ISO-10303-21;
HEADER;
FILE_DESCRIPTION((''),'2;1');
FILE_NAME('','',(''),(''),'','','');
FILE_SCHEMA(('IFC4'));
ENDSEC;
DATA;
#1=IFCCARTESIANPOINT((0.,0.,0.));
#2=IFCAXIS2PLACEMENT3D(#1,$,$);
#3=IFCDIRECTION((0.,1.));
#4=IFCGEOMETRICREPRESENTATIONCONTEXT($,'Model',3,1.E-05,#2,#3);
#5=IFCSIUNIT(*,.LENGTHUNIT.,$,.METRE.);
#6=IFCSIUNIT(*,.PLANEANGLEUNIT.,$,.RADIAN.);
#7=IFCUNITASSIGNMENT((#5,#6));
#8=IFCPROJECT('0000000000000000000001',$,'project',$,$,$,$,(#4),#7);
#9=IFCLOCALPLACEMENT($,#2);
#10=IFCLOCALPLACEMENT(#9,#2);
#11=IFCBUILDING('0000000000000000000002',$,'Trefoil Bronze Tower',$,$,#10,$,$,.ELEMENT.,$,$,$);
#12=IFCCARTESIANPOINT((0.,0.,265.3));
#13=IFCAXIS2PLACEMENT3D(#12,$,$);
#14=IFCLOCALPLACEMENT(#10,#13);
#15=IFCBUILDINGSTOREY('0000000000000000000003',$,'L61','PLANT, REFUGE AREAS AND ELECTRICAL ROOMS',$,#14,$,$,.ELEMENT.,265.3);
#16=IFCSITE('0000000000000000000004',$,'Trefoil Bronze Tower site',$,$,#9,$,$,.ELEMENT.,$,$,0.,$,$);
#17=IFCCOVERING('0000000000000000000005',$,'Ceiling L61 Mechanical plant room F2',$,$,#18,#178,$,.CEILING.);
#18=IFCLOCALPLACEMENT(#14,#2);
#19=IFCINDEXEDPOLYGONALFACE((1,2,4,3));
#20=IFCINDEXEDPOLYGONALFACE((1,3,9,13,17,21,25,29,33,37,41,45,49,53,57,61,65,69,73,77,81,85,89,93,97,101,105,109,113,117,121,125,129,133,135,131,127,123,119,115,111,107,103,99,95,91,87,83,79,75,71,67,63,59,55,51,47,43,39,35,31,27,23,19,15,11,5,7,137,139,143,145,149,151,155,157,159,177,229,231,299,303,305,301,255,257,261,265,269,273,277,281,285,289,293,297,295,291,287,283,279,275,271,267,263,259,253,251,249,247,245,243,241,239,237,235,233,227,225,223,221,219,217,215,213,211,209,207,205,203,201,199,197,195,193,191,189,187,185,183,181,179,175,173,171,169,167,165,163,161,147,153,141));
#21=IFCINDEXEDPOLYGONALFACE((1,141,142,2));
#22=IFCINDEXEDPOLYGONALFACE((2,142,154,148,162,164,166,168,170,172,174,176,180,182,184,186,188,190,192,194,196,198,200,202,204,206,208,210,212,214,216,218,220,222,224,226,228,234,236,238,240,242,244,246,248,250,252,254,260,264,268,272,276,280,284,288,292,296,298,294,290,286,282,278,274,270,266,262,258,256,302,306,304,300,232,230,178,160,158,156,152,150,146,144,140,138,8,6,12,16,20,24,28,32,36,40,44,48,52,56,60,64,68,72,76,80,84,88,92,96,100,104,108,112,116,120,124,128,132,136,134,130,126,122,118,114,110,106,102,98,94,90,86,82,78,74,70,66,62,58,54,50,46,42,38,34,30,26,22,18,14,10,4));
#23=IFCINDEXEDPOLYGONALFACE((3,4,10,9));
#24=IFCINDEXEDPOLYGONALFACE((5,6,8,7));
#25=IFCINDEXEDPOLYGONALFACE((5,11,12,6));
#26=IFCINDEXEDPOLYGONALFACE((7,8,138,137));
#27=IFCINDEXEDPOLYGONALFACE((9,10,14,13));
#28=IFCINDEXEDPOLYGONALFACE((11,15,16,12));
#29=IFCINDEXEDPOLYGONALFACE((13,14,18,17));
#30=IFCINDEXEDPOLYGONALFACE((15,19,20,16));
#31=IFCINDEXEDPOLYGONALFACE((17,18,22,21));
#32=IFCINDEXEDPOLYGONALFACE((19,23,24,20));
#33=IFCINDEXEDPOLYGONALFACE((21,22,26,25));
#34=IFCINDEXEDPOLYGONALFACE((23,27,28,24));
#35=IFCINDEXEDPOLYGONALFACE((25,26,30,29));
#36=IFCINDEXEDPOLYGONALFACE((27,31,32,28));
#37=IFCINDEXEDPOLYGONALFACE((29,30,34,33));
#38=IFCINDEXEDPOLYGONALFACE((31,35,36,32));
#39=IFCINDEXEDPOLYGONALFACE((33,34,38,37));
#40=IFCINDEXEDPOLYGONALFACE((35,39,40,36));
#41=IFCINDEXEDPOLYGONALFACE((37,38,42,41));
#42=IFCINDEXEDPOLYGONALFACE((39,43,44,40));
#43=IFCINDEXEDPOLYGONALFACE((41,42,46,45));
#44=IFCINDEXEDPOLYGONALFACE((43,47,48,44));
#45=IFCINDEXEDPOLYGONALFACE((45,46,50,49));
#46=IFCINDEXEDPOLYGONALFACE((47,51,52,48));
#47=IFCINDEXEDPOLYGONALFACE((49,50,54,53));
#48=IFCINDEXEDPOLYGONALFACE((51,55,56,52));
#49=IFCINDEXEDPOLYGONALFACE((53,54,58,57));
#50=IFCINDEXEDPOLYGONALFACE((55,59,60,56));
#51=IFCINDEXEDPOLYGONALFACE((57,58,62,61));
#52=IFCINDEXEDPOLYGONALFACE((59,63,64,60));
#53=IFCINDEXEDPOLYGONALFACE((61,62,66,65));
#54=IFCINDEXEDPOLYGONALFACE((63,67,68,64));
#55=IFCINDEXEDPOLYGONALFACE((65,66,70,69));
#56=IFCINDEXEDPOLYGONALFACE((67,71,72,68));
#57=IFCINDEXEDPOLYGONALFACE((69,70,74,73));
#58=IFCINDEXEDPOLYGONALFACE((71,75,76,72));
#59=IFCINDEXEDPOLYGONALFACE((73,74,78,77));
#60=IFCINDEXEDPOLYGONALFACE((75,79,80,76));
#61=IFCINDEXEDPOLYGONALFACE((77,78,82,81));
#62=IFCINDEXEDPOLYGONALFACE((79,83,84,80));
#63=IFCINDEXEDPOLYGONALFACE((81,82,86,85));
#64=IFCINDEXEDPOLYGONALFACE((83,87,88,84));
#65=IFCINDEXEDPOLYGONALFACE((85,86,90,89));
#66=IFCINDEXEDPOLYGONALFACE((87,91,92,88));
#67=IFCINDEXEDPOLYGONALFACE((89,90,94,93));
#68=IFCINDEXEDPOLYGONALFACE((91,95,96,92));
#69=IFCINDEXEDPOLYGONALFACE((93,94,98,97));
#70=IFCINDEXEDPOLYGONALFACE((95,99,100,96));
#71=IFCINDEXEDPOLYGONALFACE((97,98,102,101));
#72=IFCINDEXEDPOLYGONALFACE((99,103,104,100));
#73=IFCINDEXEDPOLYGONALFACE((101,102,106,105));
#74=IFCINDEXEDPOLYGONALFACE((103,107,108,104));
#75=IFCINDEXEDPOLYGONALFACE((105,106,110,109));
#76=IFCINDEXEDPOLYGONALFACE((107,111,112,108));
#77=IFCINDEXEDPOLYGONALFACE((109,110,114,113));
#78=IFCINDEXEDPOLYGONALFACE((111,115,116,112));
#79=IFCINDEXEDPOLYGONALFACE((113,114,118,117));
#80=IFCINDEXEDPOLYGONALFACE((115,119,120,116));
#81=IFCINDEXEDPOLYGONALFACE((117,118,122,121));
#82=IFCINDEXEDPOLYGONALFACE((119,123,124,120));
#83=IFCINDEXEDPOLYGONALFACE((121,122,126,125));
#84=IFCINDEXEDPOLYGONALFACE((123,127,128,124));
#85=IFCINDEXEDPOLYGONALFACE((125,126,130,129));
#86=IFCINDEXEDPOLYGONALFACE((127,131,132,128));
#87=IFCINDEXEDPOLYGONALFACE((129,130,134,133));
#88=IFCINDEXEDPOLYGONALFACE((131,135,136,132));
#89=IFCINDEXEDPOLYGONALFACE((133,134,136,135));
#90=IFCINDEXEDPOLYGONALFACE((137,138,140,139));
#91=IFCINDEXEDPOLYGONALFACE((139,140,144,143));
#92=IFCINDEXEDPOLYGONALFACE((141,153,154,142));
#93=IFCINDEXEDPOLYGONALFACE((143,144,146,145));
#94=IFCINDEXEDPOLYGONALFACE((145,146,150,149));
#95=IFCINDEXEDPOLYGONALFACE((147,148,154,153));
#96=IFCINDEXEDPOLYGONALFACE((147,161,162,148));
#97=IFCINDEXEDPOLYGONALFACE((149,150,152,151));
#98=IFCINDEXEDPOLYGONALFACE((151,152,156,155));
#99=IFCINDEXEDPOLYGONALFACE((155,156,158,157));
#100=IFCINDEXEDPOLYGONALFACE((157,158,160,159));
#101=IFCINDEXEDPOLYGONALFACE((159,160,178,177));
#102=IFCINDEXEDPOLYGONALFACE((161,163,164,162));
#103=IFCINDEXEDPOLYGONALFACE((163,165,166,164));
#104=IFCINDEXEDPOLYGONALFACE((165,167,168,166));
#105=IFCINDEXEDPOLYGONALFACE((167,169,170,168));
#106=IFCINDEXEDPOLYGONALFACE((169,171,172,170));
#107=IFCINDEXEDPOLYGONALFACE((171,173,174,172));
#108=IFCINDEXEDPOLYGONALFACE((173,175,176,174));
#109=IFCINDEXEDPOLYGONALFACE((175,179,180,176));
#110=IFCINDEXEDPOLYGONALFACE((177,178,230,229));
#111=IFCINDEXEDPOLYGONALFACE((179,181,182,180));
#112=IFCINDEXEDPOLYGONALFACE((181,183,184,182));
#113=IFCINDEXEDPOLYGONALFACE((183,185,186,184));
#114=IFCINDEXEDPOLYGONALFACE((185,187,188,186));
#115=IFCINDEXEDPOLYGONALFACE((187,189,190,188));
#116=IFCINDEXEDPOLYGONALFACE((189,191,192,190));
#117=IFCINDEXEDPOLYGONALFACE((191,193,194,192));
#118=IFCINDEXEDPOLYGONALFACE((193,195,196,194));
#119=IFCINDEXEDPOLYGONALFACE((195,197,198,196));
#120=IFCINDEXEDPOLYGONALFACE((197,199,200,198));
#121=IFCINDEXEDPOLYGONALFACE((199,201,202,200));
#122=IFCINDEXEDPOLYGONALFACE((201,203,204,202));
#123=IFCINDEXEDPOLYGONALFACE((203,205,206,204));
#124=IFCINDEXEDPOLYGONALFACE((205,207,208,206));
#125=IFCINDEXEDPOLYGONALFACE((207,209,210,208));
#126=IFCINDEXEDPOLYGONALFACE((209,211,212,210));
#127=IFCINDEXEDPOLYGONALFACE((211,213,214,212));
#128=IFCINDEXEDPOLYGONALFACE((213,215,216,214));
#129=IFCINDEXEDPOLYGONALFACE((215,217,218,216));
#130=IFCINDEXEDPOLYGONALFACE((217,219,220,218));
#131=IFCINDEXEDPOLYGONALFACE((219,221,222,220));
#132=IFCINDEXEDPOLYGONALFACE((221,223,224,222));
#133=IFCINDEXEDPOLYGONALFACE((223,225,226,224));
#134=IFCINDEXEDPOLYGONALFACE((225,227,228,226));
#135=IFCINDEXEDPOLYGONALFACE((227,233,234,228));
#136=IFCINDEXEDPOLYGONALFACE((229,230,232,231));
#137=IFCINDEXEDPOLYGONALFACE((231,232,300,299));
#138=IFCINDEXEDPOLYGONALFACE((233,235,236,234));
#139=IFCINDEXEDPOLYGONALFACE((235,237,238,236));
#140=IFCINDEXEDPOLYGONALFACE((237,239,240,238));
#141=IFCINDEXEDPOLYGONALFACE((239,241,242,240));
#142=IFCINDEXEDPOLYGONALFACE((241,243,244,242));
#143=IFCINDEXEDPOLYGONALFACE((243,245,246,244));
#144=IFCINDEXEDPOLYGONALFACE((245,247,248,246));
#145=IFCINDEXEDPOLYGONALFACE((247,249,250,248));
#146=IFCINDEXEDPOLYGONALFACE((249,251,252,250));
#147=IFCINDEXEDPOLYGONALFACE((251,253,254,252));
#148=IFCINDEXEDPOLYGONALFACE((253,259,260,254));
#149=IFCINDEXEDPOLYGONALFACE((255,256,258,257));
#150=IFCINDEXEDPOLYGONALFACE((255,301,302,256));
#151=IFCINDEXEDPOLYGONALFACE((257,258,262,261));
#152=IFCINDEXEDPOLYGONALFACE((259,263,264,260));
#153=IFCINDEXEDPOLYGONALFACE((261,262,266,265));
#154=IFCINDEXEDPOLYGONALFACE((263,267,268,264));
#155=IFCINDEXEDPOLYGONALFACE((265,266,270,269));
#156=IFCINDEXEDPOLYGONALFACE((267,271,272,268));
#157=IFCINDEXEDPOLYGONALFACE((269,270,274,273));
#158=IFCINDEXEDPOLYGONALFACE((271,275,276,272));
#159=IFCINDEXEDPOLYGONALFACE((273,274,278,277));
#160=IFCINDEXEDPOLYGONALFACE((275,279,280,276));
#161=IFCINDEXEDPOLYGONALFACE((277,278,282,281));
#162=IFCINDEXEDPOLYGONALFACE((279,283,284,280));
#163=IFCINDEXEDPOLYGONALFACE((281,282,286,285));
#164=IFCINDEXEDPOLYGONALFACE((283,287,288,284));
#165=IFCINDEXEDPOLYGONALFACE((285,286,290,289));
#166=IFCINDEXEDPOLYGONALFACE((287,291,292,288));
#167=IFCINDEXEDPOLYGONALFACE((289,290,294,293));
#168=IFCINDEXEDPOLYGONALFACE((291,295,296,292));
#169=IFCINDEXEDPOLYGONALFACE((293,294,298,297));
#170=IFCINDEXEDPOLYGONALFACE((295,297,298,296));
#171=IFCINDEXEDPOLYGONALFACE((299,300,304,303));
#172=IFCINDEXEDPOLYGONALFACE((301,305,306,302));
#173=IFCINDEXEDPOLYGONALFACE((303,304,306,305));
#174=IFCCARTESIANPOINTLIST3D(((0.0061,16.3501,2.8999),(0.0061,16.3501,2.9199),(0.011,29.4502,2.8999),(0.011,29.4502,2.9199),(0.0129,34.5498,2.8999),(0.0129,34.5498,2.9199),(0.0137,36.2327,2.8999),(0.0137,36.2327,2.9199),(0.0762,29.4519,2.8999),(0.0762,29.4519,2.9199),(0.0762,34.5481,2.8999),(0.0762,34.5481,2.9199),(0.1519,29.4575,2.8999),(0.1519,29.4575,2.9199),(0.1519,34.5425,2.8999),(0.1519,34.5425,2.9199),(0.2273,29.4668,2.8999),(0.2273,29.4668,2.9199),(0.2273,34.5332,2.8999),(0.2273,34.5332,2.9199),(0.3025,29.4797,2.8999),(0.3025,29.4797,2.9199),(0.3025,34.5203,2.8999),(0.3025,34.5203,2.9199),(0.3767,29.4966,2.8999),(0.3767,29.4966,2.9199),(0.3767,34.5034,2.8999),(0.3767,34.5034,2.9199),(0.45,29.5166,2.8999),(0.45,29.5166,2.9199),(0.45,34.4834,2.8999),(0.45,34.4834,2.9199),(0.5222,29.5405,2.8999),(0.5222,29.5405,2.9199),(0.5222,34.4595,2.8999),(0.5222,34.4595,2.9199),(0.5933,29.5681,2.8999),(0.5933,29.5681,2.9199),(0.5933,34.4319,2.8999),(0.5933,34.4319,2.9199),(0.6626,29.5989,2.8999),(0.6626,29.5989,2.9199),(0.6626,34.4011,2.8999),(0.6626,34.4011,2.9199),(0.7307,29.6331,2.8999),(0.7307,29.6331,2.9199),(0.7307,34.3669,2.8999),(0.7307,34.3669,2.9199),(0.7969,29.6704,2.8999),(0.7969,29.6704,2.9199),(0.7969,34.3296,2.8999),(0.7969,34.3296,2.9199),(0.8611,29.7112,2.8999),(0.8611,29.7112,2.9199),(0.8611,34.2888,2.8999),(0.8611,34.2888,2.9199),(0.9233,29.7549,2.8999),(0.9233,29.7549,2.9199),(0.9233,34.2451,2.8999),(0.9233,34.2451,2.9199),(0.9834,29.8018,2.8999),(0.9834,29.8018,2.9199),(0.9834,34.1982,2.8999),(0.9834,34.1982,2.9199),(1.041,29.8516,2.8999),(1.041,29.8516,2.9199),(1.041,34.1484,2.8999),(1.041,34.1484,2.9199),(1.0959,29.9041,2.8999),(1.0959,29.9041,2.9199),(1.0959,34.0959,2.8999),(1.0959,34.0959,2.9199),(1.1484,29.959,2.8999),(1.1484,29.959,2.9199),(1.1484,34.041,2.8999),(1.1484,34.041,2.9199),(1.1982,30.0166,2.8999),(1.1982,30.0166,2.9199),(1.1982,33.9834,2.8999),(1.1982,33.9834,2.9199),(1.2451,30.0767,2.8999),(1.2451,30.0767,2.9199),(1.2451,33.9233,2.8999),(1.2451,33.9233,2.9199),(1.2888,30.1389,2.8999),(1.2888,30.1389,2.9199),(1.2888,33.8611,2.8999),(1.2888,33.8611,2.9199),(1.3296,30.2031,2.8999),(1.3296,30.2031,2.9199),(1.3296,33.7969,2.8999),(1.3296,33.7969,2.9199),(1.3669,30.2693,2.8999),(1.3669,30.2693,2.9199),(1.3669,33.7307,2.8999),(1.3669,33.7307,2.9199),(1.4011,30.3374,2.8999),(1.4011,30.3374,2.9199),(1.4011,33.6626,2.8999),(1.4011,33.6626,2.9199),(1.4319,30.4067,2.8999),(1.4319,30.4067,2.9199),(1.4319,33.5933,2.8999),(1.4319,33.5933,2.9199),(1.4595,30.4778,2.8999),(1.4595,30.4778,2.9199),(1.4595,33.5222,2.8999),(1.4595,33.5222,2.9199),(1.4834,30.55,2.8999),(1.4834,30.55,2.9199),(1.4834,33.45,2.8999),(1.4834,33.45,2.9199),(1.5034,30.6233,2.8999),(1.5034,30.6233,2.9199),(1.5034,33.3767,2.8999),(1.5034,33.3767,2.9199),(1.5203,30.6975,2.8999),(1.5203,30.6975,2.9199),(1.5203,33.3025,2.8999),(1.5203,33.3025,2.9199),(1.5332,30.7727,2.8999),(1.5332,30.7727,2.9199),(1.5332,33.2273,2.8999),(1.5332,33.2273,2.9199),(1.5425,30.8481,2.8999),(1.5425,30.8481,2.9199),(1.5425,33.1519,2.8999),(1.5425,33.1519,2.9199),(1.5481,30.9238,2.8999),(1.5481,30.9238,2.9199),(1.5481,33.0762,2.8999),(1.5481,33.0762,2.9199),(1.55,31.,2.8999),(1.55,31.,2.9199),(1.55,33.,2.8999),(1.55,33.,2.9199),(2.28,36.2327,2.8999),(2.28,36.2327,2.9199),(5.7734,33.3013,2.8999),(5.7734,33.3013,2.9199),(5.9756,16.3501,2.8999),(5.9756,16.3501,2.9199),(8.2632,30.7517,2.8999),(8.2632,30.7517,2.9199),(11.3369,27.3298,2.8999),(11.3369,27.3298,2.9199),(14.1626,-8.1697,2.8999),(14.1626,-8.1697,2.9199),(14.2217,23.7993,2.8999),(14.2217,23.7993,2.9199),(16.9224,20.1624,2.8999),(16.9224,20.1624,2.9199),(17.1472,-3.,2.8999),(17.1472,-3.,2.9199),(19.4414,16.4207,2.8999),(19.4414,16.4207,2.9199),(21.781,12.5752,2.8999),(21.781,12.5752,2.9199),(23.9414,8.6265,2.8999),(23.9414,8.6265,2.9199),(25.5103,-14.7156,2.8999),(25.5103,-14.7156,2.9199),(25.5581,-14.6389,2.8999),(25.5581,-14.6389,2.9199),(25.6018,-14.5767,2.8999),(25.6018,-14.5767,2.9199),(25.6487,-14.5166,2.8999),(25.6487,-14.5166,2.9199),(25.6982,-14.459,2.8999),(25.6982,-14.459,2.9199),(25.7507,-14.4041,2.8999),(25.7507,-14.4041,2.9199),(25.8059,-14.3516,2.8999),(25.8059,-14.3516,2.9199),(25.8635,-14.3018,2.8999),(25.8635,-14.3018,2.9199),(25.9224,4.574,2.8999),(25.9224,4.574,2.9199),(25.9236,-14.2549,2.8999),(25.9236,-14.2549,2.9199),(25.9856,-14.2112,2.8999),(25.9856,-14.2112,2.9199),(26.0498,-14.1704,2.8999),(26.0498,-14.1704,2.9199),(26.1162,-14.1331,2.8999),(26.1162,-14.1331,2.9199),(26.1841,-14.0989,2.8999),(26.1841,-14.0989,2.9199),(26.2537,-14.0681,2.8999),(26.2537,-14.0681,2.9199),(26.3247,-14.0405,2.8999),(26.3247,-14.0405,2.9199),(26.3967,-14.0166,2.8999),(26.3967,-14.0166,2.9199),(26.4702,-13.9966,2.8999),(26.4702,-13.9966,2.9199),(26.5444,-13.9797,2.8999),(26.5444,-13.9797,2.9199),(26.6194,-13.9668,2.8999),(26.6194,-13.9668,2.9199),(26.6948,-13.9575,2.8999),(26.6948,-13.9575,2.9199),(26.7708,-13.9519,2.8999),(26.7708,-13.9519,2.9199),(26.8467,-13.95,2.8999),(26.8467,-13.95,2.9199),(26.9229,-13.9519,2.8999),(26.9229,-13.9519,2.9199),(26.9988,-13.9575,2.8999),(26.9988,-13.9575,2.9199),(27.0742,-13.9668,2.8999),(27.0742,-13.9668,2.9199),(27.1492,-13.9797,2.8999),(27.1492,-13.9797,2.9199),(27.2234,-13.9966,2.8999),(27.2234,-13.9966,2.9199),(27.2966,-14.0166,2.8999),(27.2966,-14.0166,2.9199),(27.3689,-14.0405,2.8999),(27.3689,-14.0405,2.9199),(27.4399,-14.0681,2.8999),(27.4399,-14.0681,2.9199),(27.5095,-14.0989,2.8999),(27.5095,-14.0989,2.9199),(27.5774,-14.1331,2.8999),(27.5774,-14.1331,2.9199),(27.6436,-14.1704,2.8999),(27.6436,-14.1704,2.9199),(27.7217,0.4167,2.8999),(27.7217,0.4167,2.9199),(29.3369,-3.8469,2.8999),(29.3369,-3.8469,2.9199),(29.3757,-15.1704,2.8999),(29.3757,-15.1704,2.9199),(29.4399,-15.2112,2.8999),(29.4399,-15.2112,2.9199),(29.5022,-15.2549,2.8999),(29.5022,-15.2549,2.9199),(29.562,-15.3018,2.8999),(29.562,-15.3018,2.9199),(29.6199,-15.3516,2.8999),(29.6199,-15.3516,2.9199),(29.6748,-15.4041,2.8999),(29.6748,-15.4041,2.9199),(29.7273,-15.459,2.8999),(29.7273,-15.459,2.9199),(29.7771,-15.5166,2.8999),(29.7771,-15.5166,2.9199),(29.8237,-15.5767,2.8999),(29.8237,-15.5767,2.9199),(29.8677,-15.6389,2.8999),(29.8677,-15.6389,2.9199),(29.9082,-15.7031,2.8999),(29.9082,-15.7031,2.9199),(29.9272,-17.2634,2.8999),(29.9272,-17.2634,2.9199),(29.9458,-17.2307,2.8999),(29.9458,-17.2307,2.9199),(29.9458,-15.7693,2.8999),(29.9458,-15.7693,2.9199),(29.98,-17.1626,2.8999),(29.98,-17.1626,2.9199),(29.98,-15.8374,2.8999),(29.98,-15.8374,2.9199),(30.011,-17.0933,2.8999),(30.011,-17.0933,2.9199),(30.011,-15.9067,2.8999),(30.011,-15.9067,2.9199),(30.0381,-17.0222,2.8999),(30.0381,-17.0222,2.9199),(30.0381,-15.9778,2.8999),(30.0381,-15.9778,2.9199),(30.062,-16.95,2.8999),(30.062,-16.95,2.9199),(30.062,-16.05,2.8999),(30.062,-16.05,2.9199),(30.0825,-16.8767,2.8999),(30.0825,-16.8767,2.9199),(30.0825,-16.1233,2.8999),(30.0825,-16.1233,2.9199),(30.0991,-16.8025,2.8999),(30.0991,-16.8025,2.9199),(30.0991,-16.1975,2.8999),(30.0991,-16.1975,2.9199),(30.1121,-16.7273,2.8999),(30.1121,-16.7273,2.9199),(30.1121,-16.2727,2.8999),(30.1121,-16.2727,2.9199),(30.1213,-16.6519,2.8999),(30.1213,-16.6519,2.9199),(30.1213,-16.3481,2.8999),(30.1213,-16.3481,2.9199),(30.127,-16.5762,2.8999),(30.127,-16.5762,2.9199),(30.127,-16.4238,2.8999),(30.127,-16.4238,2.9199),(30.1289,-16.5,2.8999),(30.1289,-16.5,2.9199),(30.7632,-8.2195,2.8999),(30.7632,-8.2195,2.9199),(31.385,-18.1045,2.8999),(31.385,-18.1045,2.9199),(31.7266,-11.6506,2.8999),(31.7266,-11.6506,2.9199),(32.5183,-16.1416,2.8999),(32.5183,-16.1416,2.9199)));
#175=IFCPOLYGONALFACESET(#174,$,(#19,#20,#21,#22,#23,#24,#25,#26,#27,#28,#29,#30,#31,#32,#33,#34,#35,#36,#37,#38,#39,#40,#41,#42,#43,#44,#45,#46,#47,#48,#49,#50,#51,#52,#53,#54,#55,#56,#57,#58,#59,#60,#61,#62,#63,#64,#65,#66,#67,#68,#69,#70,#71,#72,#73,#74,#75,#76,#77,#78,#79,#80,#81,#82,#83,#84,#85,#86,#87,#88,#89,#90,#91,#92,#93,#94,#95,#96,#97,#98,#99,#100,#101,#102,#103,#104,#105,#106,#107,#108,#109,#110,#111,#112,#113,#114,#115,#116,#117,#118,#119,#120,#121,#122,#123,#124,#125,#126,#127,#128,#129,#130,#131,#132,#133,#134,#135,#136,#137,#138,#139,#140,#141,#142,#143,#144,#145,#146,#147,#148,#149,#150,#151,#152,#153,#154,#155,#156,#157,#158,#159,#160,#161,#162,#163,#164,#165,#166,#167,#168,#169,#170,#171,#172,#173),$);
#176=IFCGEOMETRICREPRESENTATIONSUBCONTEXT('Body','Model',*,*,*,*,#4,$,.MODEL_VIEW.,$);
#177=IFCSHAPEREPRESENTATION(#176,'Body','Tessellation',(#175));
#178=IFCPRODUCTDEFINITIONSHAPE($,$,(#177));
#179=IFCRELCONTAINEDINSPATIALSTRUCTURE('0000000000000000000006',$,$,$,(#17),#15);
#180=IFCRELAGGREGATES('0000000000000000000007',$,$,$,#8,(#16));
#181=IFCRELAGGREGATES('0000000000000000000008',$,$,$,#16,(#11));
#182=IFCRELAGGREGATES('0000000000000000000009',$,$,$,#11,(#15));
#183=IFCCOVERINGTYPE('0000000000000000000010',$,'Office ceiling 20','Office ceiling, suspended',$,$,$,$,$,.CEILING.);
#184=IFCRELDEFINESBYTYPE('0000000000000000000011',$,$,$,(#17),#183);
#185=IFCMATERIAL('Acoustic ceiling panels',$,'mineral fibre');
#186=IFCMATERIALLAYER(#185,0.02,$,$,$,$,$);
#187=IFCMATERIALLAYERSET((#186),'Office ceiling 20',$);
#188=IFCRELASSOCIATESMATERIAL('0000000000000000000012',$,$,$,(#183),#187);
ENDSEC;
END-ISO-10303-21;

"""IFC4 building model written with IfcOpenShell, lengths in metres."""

from ifc_helpers import new_model, si_unit, direction, frame, origin, place, context, subcontext, project, spatial, polyline, outline, extrude, material, layer, layer_set, type_object, element, save


model = new_model("IFC4")

# Units and contexts
model_context = context("Model", 3, precision=1e-05, world=origin(), true_north=direction((0.0, 1.0)))
body_context = subcontext(model_context, "Body", "Model", "MODEL_VIEW")
ifc_project = project(units=[si_unit("LENGTHUNIT", "METRE"), si_unit("PLANEANGLEUNIT", "RADIAN")], contexts=[model_context])

# Site, building, storey
site_placement = place(None, origin())
site = spatial("IfcSite", under=ifc_project, at=site_placement, Name="Trefoil Bronze Tower site", CompositionType="ELEMENT", RefElevation=0.0)
building_placement = place(site_placement, origin())
building = spatial("IfcBuilding", under=site, at=building_placement, Name="Trefoil Bronze Tower", CompositionType="ELEMENT")
storey_placement = place(building_placement, frame((0.0, 0.0, 265.3)))
storey = spatial("IfcBuildingStorey", under=building, at=storey_placement, Name="L61", Description="PLANT, REFUGE AREAS AND ELECTRICAL ROOMS", CompositionType="ELEMENT", Elevation=265.3)

# Covering
ifc_material_1 = material(Name="Acoustic ceiling panels", Category="mineral fibre")
ifc_layer_1 = layer(ifc_material_1, 0.02)
ifc_layer_set_1 = layer_set([ifc_layer_1], Name="Office ceiling 20")
covering_type = type_object("IfcCoveringType", Name="Office ceiling 20", Description="Office ceiling, suspended", PredefinedType="CEILING", material=ifc_layer_set_1)
covering_1_placement = place(storey_placement, frame((0.0, 0.0, 2.8999)))
element("IfcCovering", 1, at=covering_1_placement, inside=storey, type_object=covering_type, Name="Ceiling L61 Mechanical plant room F2", PredefinedType="CEILING", context=body_context, shape_type="SweptSolid", body=[
    extrude(outline(polyline([(8.2632, 30.7517), (11.3369, 27.3298), (14.2217, 23.7993), (16.9224, 20.1624), (19.4414, 16.4207), (21.781, 12.5752), (23.9414, 8.6265), (25.9224, 4.574), (27.7217, 0.4167), (29.3369, -3.8469), (30.7632, -8.2195), (31.7266, -11.6506), (32.5183, -16.1416), (31.385, -18.1045), (29.9272, -17.2634), (29.9458, -17.2307), (29.98, -17.1626), (30.011, -17.0933), (30.0381, -17.0222), (30.062, -16.95), (30.0825, -16.8767), (30.0991, -16.8025), (30.1121, -16.7273), (30.1213, -16.6519), (30.127, -16.5762), (30.1289, -16.5), (30.127, -16.4238), (30.1213, -16.3481), (30.1121, -16.2727), (30.0991, -16.1975), (30.0825, -16.1233), (30.062, -16.05), (30.0381, -15.9778), (30.011, -15.9067), (29.98, -15.8374), (29.9458, -15.7693), (29.9082, -15.7031), (29.8677, -15.6389), (29.8237, -15.5767), (29.7771, -15.5166), (29.7273, -15.459), (29.6748, -15.4041), (29.6199, -15.3516), (29.562, -15.3018), (29.5022, -15.2549), (29.4399, -15.2112), (29.3757, -15.1704), (27.6436, -14.1704), (27.5774, -14.1331), (27.5095, -14.0989), (27.4399, -14.0681), (27.3689, -14.0405), (27.2966, -14.0166), (27.2234, -13.9966), (27.1492, -13.9797), (27.0742, -13.9668), (26.9988, -13.9575), (26.9229, -13.9519), (26.8467, -13.95), (26.7708, -13.9519), (26.6948, -13.9575), (26.6194, -13.9668), (26.5444, -13.9797), (26.4702, -13.9966), (26.3967, -14.0166), (26.3247, -14.0405), (26.2537, -14.0681), (26.1841, -14.0989), (26.1162, -14.1331), (26.0498, -14.1704), (25.9856, -14.2112), (25.9236, -14.2549), (25.8635, -14.3018), (25.8059, -14.3516), (25.7507, -14.4041), (25.6982, -14.459), (25.6487, -14.5166), (25.6018, -14.5767), (25.5581, -14.6389), (25.5103, -14.7156), (14.1626, -8.1697), (17.1472, -3.0), (5.9756, 16.3501), (0.0061, 16.3501), (0.011, 29.4502), (0.0762, 29.4519), (0.1519, 29.4575), (0.2273, 29.4668), (0.3025, 29.4797), (0.3767, 29.4966), (0.45, 29.5166), (0.5222, 29.5405), (0.5933, 29.5681), (0.6626, 29.5989), (0.7307, 29.6331), (0.7969, 29.6704), (0.8611, 29.7112), (0.9233, 29.7549), (0.9834, 29.8018), (1.041, 29.8516), (1.0959, 29.9041), (1.1484, 29.959), (1.1982, 30.0166), (1.2451, 30.0767), (1.2888, 30.1389), (1.3296, 30.2031), (1.3669, 30.2693), (1.4011, 30.3374), (1.4319, 30.4067), (1.4595, 30.4778), (1.4834, 30.55), (1.5034, 30.6233), (1.5203, 30.6975), (1.5332, 30.7727), (1.5425, 30.8481), (1.5481, 30.9238), (1.55, 31.0), (1.55, 33.0), (1.5481, 33.0762), (1.5425, 33.1519), (1.5332, 33.2273), (1.5203, 33.3025), (1.5034, 33.3767), (1.4834, 33.45), (1.4595, 33.5222), (1.4319, 33.5933), (1.4011, 33.6626), (1.3669, 33.7307), (1.3296, 33.7969), (1.2888, 33.8611), (1.2451, 33.9233), (1.1982, 33.9834), (1.1484, 34.041), (1.0959, 34.0959), (1.041, 34.1484), (0.9834, 34.1982), (0.9233, 34.2451), (0.8611, 34.2888), (0.7969, 34.3296), (0.7307, 34.3669), (0.6626, 34.4011), (0.5933, 34.4319), (0.5222, 34.4595), (0.45, 34.4834), (0.3767, 34.5034), (0.3025, 34.5203), (0.2273, 34.5332), (0.1519, 34.5425), (0.0762, 34.5481), (0.0129, 34.5498), (0.0137, 36.2327), (2.28, 36.2327), (5.7734, 33.3013), (8.2632, 30.7517)])), origin(), (0.0, 0.0, 1.0), 0.02),
])

save(model, "model.ifc")
